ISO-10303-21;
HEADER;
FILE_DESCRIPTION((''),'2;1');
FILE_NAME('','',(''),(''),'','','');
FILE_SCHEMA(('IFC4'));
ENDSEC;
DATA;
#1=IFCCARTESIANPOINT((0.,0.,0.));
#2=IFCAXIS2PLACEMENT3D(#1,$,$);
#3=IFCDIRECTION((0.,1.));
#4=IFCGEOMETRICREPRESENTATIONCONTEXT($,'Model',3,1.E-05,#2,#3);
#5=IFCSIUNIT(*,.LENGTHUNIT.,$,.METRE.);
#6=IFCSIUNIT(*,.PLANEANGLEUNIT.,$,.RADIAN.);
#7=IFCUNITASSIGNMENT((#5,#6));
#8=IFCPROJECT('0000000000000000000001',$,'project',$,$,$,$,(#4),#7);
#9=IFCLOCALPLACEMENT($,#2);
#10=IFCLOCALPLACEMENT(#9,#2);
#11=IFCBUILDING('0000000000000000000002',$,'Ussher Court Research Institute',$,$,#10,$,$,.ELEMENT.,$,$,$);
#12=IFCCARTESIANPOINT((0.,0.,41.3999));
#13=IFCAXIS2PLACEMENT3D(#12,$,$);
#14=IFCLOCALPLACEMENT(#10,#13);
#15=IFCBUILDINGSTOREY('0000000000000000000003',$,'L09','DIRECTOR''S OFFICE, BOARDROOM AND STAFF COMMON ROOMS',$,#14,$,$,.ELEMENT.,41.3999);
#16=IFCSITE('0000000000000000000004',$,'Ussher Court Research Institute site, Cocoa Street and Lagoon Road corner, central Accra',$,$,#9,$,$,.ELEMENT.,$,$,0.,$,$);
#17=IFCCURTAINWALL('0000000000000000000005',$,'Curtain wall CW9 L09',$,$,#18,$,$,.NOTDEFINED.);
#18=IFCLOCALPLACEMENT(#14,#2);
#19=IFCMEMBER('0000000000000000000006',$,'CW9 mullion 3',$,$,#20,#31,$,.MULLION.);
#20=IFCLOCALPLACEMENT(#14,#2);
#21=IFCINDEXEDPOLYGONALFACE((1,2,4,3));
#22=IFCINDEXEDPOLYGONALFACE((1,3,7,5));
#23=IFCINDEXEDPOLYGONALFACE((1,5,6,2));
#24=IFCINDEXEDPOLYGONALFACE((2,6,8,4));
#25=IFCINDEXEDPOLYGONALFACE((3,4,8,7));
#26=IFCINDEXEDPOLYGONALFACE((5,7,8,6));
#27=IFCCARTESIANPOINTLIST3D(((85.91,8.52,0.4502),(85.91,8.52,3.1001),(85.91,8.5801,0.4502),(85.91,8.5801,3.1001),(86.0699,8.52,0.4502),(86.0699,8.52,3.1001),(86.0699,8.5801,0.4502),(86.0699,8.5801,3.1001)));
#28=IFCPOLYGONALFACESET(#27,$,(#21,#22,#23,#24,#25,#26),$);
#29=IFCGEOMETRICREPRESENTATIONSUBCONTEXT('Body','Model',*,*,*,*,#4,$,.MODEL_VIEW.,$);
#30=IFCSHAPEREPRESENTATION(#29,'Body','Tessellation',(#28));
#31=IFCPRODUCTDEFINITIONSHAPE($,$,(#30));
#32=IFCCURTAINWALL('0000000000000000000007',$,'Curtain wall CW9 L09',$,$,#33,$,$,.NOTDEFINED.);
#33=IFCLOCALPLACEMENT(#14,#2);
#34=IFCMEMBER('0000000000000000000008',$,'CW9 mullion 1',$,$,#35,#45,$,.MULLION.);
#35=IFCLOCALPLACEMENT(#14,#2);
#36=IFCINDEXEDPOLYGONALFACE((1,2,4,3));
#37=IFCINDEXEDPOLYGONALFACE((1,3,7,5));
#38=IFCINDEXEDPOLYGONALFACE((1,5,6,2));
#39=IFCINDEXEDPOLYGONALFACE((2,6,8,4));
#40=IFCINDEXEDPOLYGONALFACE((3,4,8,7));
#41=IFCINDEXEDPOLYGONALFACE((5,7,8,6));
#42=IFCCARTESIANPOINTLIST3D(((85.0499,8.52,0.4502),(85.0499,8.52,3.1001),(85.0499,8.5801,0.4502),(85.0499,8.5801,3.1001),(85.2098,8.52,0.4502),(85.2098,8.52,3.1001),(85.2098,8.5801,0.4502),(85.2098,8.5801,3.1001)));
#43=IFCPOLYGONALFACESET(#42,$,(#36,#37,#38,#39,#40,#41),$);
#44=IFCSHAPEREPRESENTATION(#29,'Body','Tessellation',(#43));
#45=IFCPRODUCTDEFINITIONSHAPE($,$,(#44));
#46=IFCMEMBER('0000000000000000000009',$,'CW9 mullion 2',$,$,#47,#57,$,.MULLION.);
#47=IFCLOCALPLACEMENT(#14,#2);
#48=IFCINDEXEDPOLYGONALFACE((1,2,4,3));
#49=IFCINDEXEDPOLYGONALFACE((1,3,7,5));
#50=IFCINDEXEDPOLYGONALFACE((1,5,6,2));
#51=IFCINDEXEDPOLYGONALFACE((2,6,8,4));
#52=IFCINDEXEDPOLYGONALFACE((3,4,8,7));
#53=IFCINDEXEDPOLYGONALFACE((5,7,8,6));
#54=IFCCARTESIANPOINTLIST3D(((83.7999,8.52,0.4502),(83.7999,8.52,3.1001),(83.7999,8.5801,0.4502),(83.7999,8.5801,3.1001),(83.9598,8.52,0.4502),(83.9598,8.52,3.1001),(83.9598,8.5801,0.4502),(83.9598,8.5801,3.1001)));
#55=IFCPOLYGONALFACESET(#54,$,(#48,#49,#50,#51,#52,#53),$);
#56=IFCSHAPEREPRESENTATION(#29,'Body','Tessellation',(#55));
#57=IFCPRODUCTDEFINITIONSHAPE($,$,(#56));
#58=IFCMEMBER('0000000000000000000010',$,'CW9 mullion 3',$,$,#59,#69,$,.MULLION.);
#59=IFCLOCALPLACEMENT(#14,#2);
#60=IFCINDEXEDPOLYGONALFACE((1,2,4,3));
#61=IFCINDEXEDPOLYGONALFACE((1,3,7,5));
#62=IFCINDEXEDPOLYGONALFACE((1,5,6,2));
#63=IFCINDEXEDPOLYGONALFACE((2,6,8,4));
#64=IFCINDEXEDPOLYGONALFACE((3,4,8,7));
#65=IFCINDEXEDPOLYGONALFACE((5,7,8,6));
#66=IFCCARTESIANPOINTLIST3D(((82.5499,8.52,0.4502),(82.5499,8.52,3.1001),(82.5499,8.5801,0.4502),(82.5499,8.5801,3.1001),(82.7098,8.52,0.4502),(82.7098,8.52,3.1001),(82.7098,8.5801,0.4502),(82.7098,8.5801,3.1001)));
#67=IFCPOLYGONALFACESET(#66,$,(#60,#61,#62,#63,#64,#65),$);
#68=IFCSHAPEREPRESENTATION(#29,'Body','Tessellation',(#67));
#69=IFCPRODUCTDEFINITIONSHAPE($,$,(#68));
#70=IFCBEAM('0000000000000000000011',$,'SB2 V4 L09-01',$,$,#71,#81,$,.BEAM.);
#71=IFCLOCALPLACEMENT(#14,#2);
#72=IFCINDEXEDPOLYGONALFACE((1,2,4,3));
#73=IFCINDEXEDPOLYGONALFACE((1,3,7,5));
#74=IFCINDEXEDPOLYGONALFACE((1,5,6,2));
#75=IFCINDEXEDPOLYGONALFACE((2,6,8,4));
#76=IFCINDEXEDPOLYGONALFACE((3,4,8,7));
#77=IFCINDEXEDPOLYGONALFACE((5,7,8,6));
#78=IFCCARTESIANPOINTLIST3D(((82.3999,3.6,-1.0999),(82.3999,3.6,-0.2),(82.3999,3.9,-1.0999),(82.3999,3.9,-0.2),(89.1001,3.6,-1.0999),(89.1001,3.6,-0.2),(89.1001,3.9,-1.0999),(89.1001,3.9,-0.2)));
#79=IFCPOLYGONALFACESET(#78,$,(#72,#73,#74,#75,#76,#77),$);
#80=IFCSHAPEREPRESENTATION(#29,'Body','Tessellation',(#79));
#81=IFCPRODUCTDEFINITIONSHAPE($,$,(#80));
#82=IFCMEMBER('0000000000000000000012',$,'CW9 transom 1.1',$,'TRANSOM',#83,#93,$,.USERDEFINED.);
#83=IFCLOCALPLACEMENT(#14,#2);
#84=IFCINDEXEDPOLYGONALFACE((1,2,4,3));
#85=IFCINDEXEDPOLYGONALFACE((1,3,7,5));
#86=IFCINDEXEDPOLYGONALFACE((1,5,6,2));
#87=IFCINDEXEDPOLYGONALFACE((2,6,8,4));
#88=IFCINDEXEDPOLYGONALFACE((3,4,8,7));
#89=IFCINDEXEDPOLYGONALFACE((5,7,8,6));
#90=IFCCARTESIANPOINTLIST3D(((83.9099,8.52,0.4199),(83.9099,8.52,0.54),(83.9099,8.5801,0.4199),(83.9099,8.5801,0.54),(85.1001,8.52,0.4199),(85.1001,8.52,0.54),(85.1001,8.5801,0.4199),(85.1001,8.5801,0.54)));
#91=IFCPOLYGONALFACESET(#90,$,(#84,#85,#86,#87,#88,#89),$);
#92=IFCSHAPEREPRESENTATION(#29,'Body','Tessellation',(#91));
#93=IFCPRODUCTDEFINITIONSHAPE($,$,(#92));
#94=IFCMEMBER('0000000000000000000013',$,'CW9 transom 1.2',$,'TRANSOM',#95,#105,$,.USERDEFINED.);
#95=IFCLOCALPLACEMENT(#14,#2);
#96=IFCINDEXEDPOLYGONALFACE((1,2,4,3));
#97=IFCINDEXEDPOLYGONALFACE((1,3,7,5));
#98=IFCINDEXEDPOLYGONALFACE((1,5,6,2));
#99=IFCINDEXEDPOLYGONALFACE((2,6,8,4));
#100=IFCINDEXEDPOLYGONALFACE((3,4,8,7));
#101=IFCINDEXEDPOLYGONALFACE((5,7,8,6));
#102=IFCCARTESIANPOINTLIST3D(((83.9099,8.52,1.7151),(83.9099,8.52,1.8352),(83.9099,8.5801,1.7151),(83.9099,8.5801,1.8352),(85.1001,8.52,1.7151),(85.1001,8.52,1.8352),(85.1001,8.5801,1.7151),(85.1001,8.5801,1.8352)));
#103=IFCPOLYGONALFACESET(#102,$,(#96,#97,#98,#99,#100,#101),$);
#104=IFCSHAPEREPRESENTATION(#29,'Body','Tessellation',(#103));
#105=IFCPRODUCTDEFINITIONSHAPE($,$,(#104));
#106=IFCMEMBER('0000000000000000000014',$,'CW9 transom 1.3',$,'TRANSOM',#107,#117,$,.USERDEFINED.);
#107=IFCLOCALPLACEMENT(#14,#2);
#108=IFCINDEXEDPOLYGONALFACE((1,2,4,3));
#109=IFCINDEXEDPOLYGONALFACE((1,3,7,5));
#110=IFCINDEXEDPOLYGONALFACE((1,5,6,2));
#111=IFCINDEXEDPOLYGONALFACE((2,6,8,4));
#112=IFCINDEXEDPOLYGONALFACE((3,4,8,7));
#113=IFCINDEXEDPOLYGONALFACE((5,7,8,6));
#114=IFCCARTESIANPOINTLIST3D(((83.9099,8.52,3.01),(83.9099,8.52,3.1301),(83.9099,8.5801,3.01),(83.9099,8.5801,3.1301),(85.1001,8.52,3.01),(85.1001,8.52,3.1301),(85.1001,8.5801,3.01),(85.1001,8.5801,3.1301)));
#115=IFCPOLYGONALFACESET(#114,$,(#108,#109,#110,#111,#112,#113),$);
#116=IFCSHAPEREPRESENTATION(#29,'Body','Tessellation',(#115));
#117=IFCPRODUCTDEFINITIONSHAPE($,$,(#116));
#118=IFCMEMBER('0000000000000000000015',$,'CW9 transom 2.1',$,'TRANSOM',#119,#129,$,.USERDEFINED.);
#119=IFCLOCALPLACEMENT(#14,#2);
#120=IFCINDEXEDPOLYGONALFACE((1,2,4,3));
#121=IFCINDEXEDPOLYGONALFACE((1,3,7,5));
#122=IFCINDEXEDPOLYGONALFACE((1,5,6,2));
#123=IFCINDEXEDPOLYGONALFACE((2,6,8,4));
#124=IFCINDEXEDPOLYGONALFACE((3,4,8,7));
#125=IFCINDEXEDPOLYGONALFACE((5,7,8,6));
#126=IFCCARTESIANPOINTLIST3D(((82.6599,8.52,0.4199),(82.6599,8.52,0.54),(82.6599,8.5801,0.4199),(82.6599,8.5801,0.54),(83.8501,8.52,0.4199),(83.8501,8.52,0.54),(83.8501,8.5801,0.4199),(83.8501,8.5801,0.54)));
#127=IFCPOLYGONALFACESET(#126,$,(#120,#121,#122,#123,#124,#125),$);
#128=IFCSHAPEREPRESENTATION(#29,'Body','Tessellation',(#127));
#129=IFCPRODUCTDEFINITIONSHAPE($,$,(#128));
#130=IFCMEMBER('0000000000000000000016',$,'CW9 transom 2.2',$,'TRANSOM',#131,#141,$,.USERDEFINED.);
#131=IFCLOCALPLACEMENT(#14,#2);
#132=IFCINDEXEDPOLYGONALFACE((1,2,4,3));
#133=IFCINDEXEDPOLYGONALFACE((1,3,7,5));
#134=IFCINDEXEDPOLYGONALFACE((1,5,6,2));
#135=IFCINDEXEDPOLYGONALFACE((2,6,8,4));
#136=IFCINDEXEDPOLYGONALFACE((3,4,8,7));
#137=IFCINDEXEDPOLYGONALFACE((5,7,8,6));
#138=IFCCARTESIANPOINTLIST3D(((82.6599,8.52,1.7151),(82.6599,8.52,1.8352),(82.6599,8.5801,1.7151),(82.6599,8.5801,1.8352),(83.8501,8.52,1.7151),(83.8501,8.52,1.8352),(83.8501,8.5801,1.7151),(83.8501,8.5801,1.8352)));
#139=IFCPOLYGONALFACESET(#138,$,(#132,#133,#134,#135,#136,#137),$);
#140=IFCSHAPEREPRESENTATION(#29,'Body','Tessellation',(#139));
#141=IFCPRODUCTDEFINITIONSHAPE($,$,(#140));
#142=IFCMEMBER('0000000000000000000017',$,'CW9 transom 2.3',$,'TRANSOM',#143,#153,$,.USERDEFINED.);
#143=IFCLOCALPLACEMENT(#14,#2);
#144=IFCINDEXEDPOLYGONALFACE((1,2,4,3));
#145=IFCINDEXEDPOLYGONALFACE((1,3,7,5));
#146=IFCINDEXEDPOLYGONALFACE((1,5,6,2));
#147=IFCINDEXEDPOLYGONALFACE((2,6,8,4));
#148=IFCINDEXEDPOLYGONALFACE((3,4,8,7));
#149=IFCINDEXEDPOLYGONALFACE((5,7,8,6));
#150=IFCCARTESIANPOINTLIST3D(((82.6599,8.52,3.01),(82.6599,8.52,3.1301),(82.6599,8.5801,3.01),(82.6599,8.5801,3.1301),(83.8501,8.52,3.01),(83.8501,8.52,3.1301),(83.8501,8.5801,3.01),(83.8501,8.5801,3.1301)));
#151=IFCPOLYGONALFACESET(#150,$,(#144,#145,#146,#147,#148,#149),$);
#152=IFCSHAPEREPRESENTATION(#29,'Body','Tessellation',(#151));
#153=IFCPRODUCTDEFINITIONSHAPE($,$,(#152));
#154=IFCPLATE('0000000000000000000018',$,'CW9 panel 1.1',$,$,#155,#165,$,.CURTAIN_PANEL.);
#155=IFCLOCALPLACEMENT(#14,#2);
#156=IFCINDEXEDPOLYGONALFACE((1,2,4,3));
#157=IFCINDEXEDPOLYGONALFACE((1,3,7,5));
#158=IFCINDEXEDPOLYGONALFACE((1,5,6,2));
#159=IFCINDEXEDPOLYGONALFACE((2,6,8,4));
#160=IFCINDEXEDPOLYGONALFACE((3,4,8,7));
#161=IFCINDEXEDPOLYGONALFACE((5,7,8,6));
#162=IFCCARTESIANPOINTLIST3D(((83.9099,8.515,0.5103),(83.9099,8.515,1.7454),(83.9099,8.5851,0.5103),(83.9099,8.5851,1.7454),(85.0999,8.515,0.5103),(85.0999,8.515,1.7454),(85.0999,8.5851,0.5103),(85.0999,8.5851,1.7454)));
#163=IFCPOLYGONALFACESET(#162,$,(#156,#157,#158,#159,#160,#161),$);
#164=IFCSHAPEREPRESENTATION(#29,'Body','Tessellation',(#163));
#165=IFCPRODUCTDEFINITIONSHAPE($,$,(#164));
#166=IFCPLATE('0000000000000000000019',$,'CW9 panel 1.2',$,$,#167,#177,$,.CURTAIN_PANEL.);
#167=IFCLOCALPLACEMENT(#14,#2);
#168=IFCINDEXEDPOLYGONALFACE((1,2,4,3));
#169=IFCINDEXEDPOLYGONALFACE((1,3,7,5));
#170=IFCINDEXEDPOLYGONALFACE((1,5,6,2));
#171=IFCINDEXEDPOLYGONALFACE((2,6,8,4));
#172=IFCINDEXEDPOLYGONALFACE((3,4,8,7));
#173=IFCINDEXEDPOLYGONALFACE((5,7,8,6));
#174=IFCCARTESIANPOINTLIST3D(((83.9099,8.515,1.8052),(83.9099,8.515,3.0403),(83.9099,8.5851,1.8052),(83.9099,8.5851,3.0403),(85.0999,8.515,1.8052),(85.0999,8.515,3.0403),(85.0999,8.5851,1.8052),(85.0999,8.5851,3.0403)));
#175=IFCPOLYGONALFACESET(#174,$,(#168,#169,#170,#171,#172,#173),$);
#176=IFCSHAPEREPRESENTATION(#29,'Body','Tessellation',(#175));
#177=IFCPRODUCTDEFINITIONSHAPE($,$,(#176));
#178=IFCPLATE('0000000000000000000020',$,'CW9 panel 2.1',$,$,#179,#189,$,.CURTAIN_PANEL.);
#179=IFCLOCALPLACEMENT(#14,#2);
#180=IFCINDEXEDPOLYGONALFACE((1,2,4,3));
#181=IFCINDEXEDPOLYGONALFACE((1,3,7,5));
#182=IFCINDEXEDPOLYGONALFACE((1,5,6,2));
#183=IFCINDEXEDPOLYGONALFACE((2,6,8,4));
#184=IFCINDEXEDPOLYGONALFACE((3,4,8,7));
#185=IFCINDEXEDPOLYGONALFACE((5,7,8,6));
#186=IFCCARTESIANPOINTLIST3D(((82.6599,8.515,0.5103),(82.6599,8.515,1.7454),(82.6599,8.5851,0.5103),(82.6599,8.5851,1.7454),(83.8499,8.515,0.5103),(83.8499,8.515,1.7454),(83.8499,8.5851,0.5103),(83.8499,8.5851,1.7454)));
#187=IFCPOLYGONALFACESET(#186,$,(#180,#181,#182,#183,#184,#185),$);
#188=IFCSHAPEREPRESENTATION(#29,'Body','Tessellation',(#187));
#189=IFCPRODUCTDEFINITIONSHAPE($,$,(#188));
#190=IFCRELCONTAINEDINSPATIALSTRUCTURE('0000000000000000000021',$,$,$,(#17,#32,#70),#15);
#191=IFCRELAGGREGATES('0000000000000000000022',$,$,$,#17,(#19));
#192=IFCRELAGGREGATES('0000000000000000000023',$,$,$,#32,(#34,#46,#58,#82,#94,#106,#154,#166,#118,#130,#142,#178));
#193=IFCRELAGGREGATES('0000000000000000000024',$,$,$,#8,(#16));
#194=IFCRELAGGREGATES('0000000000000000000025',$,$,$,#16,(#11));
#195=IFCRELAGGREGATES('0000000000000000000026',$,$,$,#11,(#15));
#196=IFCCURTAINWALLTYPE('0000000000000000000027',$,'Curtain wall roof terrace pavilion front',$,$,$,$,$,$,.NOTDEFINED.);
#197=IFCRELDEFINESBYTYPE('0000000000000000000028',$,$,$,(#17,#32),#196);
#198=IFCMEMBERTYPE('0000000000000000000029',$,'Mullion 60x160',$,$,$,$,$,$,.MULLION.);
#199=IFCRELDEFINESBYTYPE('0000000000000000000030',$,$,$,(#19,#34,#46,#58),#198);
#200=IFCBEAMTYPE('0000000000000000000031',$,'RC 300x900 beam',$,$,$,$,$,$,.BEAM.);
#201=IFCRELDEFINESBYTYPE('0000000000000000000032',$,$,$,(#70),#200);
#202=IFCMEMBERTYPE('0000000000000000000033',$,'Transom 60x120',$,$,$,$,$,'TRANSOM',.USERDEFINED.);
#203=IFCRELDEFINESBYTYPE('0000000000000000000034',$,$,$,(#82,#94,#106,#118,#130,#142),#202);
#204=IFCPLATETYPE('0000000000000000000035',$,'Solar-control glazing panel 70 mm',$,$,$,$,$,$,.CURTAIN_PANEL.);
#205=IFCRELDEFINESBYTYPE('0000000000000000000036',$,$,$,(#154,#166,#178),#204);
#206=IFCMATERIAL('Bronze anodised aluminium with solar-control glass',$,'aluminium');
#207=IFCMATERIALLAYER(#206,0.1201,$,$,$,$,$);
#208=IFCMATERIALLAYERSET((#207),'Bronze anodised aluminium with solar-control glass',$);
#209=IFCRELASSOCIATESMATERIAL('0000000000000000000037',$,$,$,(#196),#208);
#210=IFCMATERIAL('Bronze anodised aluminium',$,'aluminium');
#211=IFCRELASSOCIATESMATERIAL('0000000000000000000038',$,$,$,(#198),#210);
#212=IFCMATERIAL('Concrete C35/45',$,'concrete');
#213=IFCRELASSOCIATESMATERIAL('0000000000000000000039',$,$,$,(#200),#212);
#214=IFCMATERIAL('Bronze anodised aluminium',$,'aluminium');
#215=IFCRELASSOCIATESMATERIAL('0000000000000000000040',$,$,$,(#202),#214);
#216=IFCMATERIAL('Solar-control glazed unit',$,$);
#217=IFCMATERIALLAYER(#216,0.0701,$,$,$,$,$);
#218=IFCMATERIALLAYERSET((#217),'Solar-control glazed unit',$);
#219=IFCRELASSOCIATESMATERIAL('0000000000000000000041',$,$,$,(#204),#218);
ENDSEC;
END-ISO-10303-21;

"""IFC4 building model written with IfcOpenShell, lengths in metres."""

from ifc_helpers import new_model, si_unit, direction, frame, origin, origin_2d, place, context, subcontext, project, spatial, rectangle, extrude, material, layer, layer_set, material_profile, profile_set, type_object, element, aggregate, save


model = new_model("IFC4")

# Units and contexts
model_context = context("Model", 3, precision=1e-05, world=origin(), true_north=direction((0.0, 1.0)))
body_context = subcontext(model_context, "Body", "Model", "MODEL_VIEW")
ifc_project = project(units=[si_unit("LENGTHUNIT", "METRE"), si_unit("PLANEANGLEUNIT", "RADIAN")], contexts=[model_context])

# Site, building, storey
site_placement = place(None, origin())
site = spatial("IfcSite", under=ifc_project, at=site_placement, Name="Ussher Court Research Institute site, Cocoa Street and Lagoon Road corner, central Accra", CompositionType="ELEMENT", RefElevation=0.0)
building_placement = place(site_placement, origin())
building = spatial("IfcBuilding", under=site, at=building_placement, Name="Ussher Court Research Institute", CompositionType="ELEMENT")
storey_placement = place(building_placement, frame((0.0, 0.0, 41.3999)))
storey = spatial("IfcBuildingStorey", under=building, at=storey_placement, Name="L09", Description="DIRECTOR'S OFFICE, BOARDROOM AND STAFF COMMON ROOMS", CompositionType="ELEMENT", Elevation=41.3999)

# Curtain wall, member
ifc_material_1 = material(Name="Bronze anodised aluminium with solar-control glass", Category="aluminium")
ifc_layer_1 = layer(ifc_material_1, 0.1201)
ifc_layer_set_1 = layer_set([ifc_layer_1], Name="Bronze anodised aluminium with solar-control glass")
curtain_wall_type = type_object("IfcCurtainWallType", Name="Curtain wall roof terrace pavilion front", PredefinedType="NOTDEFINED", material=ifc_layer_set_1)
curtain_wall_1_placement = place(storey_placement, origin())
curtain_wall_1 = element("IfcCurtainWall", 1, at=curtain_wall_1_placement, inside=storey, type_object=curtain_wall_type, Name="Curtain wall CW9 L09", PredefinedType="NOTDEFINED")
ifc_material_2 = material(Name="Bronze anodised aluminium", Category="aluminium")
ifc_material_profile_1 = material_profile(ifc_material_2, rectangle(XDim=0.0601, YDim=0.1599, at=origin_2d()), Name="Mullion 60x160")
ifc_profile_set_1 = profile_set([ifc_material_profile_1], Name="Bronze anodised aluminium")
member_type_1 = type_object("IfcMemberType", Name="Mullion 60x160", PredefinedType="MULLION", material=ifc_profile_set_1)
member_1_placement = place(storey_placement, frame((85.99, 8.55, 0.4502), z_axis=(0.0, 0.0, 1.0), x_axis=(0.0, -1.0, 0.0)))
member_1 = element("IfcMember", 2, at=member_1_placement, type_object=member_type_1, Name="CW9 mullion 3", PredefinedType="MULLION", context=body_context, shape_type="SweptSolid", body=[
    extrude(rectangle(XDim=0.0601, YDim=0.1599, at=origin_2d()), origin(), (0.0, 0.0, 1.0), 2.6499),
])
aggregate(curtain_wall_1, [member_1])

# Curtain wall, members
curtain_wall_2_placement = place(storey_placement, origin())
curtain_wall_2 = element("IfcCurtainWall", 3, at=curtain_wall_2_placement, inside=storey, type_object=curtain_wall_type, Name="Curtain wall CW9 L09", PredefinedType="NOTDEFINED")
member_2_placement = place(storey_placement, frame((85.1299, 8.55, 0.4502), z_axis=(0.0, 0.0, 1.0), x_axis=(0.0, -1.0, 0.0)))
member_2 = element("IfcMember", 4, at=member_2_placement, type_object=member_type_1, Name="CW9 mullion 1", PredefinedType="MULLION", context=body_context, shape_type="SweptSolid", body=[
    extrude(rectangle(XDim=0.0601, YDim=0.1599, at=origin_2d()), origin(), (0.0, 0.0, 1.0), 2.6499),
])
member_3_placement = place(storey_placement, frame((83.8799, 8.55, 0.4502), z_axis=(0.0, 0.0, 1.0), x_axis=(0.0, -1.0, 0.0)))
member_3 = element("IfcMember", 5, at=member_3_placement, type_object=member_type_1, Name="CW9 mullion 2", PredefinedType="MULLION", context=body_context, shape_type="SweptSolid", body=[
    extrude(rectangle(XDim=0.0601, YDim=0.1599, at=origin_2d()), origin(), (0.0, 0.0, 1.0), 2.6499),
])
member_4_placement = place(storey_placement, frame((82.6299, 8.55, 0.4502), z_axis=(0.0, 0.0, 1.0), x_axis=(0.0, -1.0, 0.0)))
member_4 = element("IfcMember", 6, at=member_4_placement, type_object=member_type_1, Name="CW9 mullion 3", PredefinedType="MULLION", context=body_context, shape_type="SweptSolid", body=[
    extrude(rectangle(XDim=0.0601, YDim=0.1599, at=origin_2d()), origin(), (0.0, 0.0, 1.0), 2.6499),
])

# Beam
ifc_material_3 = material(Name="Concrete C35/45", Category="concrete")
ifc_material_profile_2 = material_profile(ifc_material_3, rectangle(XDim=0.3, YDim=0.8999, at=origin_2d()), Name="RC 300x900")
ifc_profile_set_2 = profile_set([ifc_material_profile_2], Name="Concrete C35/45")
beam_type = type_object("IfcBeamType", Name="RC 300x900 beam", PredefinedType="BEAM", material=ifc_profile_set_2)
beam_placement = place(storey_placement, frame((82.3999, 3.75, -0.6499), z_axis=(1.0, 0.0, 0.0), x_axis=(0.0, 1.0, 0.0)))
element("IfcBeam", 7, at=beam_placement, inside=storey, type_object=beam_type, Name="SB2 V4 L09-01", PredefinedType="BEAM", context=body_context, shape_type="SweptSolid", body=[
    extrude(rectangle(XDim=0.3, YDim=0.8999, at=origin_2d()), origin(), (0.0, 0.0, 1.0), 6.7002),
])

# Members
ifc_material_4 = material(Name="Bronze anodised aluminium", Category="aluminium")
ifc_material_profile_3 = material_profile(ifc_material_4, rectangle(XDim=0.0601, YDim=0.1201, at=origin_2d()), Name="Transom 60x120")
ifc_profile_set_3 = profile_set([ifc_material_profile_3], Name="Bronze anodised aluminium")
member_type_2 = type_object("IfcMemberType", Name="Transom 60x120", ElementType="TRANSOM", PredefinedType="USERDEFINED", material=ifc_profile_set_3)
member_5_placement = place(storey_placement, frame((85.1001, 8.55, 0.48), z_axis=(-1.0, 0.0, 0.0), x_axis=(0.0, -1.0, 0.0)))
member_5 = element("IfcMember", 8, at=member_5_placement, type_object=member_type_2, Name="CW9 transom 1.1", ObjectType="TRANSOM", PredefinedType="USERDEFINED", context=body_context, shape_type="SweptSolid", body=[
    extrude(rectangle(XDim=0.0601, YDim=0.1201, at=origin_2d()), origin(), (0.0, 0.0, 1.0), 1.1902),
])
member_6_placement = place(storey_placement, frame((85.1001, 8.55, 1.7751), z_axis=(-1.0, 0.0, 0.0), x_axis=(0.0, -1.0, 0.0)))
member_6 = element("IfcMember", 9, at=member_6_placement, type_object=member_type_2, Name="CW9 transom 1.2", ObjectType="TRANSOM", PredefinedType="USERDEFINED", context=body_context, shape_type="SweptSolid", body=[
    extrude(rectangle(XDim=0.0601, YDim=0.1201, at=origin_2d()), origin(), (0.0, 0.0, 1.0), 1.1902),
])
member_7_placement = place(storey_placement, frame((85.1001, 8.55, 3.0701), z_axis=(-1.0, 0.0, 0.0), x_axis=(0.0, -1.0, 0.0)))
member_7 = element("IfcMember", 10, at=member_7_placement, type_object=member_type_2, Name="CW9 transom 1.3", ObjectType="TRANSOM", PredefinedType="USERDEFINED", context=body_context, shape_type="SweptSolid", body=[
    extrude(rectangle(XDim=0.0601, YDim=0.1201, at=origin_2d()), origin(), (0.0, 0.0, 1.0), 1.1902),
])
member_8_placement = place(storey_placement, frame((83.8501, 8.55, 0.48), z_axis=(-1.0, 0.0, 0.0), x_axis=(0.0, -1.0, 0.0)))
member_8 = element("IfcMember", 11, at=member_8_placement, type_object=member_type_2, Name="CW9 transom 2.1", ObjectType="TRANSOM", PredefinedType="USERDEFINED", context=body_context, shape_type="SweptSolid", body=[
    extrude(rectangle(XDim=0.0601, YDim=0.1201, at=origin_2d()), origin(), (0.0, 0.0, 1.0), 1.1902),
])
member_9_placement = place(storey_placement, frame((83.8501, 8.55, 1.7751), z_axis=(-1.0, 0.0, 0.0), x_axis=(0.0, -1.0, 0.0)))
member_9 = element("IfcMember", 12, at=member_9_placement, type_object=member_type_2, Name="CW9 transom 2.2", ObjectType="TRANSOM", PredefinedType="USERDEFINED", context=body_context, shape_type="SweptSolid", body=[
    extrude(rectangle(XDim=0.0601, YDim=0.1201, at=origin_2d()), origin(), (0.0, 0.0, 1.0), 1.1902),
])
member_10_placement = place(storey_placement, frame((83.8501, 8.55, 3.0701), z_axis=(-1.0, 0.0, 0.0), x_axis=(0.0, -1.0, 0.0)))
member_10 = element("IfcMember", 13, at=member_10_placement, type_object=member_type_2, Name="CW9 transom 2.3", ObjectType="TRANSOM", PredefinedType="USERDEFINED", context=body_context, shape_type="SweptSolid", body=[
    extrude(rectangle(XDim=0.0601, YDim=0.1201, at=origin_2d()), origin(), (0.0, 0.0, 1.0), 1.1902),
])

# Plates
ifc_material_5 = material(Name="Solar-control glazed unit")
ifc_layer_2 = layer(ifc_material_5, 0.0701)
ifc_layer_set_2 = layer_set([ifc_layer_2], Name="Solar-control glazed unit")
plate_type = type_object("IfcPlateType", Name="Solar-control glazing panel 70 mm", PredefinedType="CURTAIN_PANEL", material=ifc_layer_set_2)
plate_1_placement = place(storey_placement, frame((84.5049, 8.55, 0.5103), z_axis=(0.0, 0.0, 1.0), x_axis=(-1.0, 0.0, 0.0)))
plate_1 = element("IfcPlate", 14, at=plate_1_placement, type_object=plate_type, Name="CW9 panel 1.1", PredefinedType="CURTAIN_PANEL", context=body_context, shape_type="SweptSolid", body=[
    extrude(rectangle(XDim=1.1899, YDim=0.0701, at=origin_2d()), origin(), (0.0, 0.0, 1.0), 1.2351),
])
plate_2_placement = place(storey_placement, frame((84.5049, 8.55, 1.8052), z_axis=(0.0, 0.0, 1.0), x_axis=(-1.0, 0.0, 0.0)))
plate_2 = element("IfcPlate", 15, at=plate_2_placement, type_object=plate_type, Name="CW9 panel 1.2", PredefinedType="CURTAIN_PANEL", context=body_context, shape_type="SweptSolid", body=[
    extrude(rectangle(XDim=1.1899, YDim=0.0701, at=origin_2d()), origin(), (0.0, 0.0, 1.0), 1.2351),
])
plate_3_placement = place(storey_placement, frame((83.2549, 8.55, 0.5103), z_axis=(0.0, 0.0, 1.0), x_axis=(-1.0, 0.0, 0.0)))
plate_3 = element("IfcPlate", 16, at=plate_3_placement, type_object=plate_type, Name="CW9 panel 2.1", PredefinedType="CURTAIN_PANEL", context=body_context, shape_type="SweptSolid", body=[
    extrude(rectangle(XDim=1.1899, YDim=0.0701, at=origin_2d()), origin(), (0.0, 0.0, 1.0), 1.2351),
])
aggregate(curtain_wall_2, [member_2, member_3, member_4, member_5, member_6, member_7, plate_1, plate_2, member_8, member_9, member_10, plate_3])

save(model, "model.ifc")
